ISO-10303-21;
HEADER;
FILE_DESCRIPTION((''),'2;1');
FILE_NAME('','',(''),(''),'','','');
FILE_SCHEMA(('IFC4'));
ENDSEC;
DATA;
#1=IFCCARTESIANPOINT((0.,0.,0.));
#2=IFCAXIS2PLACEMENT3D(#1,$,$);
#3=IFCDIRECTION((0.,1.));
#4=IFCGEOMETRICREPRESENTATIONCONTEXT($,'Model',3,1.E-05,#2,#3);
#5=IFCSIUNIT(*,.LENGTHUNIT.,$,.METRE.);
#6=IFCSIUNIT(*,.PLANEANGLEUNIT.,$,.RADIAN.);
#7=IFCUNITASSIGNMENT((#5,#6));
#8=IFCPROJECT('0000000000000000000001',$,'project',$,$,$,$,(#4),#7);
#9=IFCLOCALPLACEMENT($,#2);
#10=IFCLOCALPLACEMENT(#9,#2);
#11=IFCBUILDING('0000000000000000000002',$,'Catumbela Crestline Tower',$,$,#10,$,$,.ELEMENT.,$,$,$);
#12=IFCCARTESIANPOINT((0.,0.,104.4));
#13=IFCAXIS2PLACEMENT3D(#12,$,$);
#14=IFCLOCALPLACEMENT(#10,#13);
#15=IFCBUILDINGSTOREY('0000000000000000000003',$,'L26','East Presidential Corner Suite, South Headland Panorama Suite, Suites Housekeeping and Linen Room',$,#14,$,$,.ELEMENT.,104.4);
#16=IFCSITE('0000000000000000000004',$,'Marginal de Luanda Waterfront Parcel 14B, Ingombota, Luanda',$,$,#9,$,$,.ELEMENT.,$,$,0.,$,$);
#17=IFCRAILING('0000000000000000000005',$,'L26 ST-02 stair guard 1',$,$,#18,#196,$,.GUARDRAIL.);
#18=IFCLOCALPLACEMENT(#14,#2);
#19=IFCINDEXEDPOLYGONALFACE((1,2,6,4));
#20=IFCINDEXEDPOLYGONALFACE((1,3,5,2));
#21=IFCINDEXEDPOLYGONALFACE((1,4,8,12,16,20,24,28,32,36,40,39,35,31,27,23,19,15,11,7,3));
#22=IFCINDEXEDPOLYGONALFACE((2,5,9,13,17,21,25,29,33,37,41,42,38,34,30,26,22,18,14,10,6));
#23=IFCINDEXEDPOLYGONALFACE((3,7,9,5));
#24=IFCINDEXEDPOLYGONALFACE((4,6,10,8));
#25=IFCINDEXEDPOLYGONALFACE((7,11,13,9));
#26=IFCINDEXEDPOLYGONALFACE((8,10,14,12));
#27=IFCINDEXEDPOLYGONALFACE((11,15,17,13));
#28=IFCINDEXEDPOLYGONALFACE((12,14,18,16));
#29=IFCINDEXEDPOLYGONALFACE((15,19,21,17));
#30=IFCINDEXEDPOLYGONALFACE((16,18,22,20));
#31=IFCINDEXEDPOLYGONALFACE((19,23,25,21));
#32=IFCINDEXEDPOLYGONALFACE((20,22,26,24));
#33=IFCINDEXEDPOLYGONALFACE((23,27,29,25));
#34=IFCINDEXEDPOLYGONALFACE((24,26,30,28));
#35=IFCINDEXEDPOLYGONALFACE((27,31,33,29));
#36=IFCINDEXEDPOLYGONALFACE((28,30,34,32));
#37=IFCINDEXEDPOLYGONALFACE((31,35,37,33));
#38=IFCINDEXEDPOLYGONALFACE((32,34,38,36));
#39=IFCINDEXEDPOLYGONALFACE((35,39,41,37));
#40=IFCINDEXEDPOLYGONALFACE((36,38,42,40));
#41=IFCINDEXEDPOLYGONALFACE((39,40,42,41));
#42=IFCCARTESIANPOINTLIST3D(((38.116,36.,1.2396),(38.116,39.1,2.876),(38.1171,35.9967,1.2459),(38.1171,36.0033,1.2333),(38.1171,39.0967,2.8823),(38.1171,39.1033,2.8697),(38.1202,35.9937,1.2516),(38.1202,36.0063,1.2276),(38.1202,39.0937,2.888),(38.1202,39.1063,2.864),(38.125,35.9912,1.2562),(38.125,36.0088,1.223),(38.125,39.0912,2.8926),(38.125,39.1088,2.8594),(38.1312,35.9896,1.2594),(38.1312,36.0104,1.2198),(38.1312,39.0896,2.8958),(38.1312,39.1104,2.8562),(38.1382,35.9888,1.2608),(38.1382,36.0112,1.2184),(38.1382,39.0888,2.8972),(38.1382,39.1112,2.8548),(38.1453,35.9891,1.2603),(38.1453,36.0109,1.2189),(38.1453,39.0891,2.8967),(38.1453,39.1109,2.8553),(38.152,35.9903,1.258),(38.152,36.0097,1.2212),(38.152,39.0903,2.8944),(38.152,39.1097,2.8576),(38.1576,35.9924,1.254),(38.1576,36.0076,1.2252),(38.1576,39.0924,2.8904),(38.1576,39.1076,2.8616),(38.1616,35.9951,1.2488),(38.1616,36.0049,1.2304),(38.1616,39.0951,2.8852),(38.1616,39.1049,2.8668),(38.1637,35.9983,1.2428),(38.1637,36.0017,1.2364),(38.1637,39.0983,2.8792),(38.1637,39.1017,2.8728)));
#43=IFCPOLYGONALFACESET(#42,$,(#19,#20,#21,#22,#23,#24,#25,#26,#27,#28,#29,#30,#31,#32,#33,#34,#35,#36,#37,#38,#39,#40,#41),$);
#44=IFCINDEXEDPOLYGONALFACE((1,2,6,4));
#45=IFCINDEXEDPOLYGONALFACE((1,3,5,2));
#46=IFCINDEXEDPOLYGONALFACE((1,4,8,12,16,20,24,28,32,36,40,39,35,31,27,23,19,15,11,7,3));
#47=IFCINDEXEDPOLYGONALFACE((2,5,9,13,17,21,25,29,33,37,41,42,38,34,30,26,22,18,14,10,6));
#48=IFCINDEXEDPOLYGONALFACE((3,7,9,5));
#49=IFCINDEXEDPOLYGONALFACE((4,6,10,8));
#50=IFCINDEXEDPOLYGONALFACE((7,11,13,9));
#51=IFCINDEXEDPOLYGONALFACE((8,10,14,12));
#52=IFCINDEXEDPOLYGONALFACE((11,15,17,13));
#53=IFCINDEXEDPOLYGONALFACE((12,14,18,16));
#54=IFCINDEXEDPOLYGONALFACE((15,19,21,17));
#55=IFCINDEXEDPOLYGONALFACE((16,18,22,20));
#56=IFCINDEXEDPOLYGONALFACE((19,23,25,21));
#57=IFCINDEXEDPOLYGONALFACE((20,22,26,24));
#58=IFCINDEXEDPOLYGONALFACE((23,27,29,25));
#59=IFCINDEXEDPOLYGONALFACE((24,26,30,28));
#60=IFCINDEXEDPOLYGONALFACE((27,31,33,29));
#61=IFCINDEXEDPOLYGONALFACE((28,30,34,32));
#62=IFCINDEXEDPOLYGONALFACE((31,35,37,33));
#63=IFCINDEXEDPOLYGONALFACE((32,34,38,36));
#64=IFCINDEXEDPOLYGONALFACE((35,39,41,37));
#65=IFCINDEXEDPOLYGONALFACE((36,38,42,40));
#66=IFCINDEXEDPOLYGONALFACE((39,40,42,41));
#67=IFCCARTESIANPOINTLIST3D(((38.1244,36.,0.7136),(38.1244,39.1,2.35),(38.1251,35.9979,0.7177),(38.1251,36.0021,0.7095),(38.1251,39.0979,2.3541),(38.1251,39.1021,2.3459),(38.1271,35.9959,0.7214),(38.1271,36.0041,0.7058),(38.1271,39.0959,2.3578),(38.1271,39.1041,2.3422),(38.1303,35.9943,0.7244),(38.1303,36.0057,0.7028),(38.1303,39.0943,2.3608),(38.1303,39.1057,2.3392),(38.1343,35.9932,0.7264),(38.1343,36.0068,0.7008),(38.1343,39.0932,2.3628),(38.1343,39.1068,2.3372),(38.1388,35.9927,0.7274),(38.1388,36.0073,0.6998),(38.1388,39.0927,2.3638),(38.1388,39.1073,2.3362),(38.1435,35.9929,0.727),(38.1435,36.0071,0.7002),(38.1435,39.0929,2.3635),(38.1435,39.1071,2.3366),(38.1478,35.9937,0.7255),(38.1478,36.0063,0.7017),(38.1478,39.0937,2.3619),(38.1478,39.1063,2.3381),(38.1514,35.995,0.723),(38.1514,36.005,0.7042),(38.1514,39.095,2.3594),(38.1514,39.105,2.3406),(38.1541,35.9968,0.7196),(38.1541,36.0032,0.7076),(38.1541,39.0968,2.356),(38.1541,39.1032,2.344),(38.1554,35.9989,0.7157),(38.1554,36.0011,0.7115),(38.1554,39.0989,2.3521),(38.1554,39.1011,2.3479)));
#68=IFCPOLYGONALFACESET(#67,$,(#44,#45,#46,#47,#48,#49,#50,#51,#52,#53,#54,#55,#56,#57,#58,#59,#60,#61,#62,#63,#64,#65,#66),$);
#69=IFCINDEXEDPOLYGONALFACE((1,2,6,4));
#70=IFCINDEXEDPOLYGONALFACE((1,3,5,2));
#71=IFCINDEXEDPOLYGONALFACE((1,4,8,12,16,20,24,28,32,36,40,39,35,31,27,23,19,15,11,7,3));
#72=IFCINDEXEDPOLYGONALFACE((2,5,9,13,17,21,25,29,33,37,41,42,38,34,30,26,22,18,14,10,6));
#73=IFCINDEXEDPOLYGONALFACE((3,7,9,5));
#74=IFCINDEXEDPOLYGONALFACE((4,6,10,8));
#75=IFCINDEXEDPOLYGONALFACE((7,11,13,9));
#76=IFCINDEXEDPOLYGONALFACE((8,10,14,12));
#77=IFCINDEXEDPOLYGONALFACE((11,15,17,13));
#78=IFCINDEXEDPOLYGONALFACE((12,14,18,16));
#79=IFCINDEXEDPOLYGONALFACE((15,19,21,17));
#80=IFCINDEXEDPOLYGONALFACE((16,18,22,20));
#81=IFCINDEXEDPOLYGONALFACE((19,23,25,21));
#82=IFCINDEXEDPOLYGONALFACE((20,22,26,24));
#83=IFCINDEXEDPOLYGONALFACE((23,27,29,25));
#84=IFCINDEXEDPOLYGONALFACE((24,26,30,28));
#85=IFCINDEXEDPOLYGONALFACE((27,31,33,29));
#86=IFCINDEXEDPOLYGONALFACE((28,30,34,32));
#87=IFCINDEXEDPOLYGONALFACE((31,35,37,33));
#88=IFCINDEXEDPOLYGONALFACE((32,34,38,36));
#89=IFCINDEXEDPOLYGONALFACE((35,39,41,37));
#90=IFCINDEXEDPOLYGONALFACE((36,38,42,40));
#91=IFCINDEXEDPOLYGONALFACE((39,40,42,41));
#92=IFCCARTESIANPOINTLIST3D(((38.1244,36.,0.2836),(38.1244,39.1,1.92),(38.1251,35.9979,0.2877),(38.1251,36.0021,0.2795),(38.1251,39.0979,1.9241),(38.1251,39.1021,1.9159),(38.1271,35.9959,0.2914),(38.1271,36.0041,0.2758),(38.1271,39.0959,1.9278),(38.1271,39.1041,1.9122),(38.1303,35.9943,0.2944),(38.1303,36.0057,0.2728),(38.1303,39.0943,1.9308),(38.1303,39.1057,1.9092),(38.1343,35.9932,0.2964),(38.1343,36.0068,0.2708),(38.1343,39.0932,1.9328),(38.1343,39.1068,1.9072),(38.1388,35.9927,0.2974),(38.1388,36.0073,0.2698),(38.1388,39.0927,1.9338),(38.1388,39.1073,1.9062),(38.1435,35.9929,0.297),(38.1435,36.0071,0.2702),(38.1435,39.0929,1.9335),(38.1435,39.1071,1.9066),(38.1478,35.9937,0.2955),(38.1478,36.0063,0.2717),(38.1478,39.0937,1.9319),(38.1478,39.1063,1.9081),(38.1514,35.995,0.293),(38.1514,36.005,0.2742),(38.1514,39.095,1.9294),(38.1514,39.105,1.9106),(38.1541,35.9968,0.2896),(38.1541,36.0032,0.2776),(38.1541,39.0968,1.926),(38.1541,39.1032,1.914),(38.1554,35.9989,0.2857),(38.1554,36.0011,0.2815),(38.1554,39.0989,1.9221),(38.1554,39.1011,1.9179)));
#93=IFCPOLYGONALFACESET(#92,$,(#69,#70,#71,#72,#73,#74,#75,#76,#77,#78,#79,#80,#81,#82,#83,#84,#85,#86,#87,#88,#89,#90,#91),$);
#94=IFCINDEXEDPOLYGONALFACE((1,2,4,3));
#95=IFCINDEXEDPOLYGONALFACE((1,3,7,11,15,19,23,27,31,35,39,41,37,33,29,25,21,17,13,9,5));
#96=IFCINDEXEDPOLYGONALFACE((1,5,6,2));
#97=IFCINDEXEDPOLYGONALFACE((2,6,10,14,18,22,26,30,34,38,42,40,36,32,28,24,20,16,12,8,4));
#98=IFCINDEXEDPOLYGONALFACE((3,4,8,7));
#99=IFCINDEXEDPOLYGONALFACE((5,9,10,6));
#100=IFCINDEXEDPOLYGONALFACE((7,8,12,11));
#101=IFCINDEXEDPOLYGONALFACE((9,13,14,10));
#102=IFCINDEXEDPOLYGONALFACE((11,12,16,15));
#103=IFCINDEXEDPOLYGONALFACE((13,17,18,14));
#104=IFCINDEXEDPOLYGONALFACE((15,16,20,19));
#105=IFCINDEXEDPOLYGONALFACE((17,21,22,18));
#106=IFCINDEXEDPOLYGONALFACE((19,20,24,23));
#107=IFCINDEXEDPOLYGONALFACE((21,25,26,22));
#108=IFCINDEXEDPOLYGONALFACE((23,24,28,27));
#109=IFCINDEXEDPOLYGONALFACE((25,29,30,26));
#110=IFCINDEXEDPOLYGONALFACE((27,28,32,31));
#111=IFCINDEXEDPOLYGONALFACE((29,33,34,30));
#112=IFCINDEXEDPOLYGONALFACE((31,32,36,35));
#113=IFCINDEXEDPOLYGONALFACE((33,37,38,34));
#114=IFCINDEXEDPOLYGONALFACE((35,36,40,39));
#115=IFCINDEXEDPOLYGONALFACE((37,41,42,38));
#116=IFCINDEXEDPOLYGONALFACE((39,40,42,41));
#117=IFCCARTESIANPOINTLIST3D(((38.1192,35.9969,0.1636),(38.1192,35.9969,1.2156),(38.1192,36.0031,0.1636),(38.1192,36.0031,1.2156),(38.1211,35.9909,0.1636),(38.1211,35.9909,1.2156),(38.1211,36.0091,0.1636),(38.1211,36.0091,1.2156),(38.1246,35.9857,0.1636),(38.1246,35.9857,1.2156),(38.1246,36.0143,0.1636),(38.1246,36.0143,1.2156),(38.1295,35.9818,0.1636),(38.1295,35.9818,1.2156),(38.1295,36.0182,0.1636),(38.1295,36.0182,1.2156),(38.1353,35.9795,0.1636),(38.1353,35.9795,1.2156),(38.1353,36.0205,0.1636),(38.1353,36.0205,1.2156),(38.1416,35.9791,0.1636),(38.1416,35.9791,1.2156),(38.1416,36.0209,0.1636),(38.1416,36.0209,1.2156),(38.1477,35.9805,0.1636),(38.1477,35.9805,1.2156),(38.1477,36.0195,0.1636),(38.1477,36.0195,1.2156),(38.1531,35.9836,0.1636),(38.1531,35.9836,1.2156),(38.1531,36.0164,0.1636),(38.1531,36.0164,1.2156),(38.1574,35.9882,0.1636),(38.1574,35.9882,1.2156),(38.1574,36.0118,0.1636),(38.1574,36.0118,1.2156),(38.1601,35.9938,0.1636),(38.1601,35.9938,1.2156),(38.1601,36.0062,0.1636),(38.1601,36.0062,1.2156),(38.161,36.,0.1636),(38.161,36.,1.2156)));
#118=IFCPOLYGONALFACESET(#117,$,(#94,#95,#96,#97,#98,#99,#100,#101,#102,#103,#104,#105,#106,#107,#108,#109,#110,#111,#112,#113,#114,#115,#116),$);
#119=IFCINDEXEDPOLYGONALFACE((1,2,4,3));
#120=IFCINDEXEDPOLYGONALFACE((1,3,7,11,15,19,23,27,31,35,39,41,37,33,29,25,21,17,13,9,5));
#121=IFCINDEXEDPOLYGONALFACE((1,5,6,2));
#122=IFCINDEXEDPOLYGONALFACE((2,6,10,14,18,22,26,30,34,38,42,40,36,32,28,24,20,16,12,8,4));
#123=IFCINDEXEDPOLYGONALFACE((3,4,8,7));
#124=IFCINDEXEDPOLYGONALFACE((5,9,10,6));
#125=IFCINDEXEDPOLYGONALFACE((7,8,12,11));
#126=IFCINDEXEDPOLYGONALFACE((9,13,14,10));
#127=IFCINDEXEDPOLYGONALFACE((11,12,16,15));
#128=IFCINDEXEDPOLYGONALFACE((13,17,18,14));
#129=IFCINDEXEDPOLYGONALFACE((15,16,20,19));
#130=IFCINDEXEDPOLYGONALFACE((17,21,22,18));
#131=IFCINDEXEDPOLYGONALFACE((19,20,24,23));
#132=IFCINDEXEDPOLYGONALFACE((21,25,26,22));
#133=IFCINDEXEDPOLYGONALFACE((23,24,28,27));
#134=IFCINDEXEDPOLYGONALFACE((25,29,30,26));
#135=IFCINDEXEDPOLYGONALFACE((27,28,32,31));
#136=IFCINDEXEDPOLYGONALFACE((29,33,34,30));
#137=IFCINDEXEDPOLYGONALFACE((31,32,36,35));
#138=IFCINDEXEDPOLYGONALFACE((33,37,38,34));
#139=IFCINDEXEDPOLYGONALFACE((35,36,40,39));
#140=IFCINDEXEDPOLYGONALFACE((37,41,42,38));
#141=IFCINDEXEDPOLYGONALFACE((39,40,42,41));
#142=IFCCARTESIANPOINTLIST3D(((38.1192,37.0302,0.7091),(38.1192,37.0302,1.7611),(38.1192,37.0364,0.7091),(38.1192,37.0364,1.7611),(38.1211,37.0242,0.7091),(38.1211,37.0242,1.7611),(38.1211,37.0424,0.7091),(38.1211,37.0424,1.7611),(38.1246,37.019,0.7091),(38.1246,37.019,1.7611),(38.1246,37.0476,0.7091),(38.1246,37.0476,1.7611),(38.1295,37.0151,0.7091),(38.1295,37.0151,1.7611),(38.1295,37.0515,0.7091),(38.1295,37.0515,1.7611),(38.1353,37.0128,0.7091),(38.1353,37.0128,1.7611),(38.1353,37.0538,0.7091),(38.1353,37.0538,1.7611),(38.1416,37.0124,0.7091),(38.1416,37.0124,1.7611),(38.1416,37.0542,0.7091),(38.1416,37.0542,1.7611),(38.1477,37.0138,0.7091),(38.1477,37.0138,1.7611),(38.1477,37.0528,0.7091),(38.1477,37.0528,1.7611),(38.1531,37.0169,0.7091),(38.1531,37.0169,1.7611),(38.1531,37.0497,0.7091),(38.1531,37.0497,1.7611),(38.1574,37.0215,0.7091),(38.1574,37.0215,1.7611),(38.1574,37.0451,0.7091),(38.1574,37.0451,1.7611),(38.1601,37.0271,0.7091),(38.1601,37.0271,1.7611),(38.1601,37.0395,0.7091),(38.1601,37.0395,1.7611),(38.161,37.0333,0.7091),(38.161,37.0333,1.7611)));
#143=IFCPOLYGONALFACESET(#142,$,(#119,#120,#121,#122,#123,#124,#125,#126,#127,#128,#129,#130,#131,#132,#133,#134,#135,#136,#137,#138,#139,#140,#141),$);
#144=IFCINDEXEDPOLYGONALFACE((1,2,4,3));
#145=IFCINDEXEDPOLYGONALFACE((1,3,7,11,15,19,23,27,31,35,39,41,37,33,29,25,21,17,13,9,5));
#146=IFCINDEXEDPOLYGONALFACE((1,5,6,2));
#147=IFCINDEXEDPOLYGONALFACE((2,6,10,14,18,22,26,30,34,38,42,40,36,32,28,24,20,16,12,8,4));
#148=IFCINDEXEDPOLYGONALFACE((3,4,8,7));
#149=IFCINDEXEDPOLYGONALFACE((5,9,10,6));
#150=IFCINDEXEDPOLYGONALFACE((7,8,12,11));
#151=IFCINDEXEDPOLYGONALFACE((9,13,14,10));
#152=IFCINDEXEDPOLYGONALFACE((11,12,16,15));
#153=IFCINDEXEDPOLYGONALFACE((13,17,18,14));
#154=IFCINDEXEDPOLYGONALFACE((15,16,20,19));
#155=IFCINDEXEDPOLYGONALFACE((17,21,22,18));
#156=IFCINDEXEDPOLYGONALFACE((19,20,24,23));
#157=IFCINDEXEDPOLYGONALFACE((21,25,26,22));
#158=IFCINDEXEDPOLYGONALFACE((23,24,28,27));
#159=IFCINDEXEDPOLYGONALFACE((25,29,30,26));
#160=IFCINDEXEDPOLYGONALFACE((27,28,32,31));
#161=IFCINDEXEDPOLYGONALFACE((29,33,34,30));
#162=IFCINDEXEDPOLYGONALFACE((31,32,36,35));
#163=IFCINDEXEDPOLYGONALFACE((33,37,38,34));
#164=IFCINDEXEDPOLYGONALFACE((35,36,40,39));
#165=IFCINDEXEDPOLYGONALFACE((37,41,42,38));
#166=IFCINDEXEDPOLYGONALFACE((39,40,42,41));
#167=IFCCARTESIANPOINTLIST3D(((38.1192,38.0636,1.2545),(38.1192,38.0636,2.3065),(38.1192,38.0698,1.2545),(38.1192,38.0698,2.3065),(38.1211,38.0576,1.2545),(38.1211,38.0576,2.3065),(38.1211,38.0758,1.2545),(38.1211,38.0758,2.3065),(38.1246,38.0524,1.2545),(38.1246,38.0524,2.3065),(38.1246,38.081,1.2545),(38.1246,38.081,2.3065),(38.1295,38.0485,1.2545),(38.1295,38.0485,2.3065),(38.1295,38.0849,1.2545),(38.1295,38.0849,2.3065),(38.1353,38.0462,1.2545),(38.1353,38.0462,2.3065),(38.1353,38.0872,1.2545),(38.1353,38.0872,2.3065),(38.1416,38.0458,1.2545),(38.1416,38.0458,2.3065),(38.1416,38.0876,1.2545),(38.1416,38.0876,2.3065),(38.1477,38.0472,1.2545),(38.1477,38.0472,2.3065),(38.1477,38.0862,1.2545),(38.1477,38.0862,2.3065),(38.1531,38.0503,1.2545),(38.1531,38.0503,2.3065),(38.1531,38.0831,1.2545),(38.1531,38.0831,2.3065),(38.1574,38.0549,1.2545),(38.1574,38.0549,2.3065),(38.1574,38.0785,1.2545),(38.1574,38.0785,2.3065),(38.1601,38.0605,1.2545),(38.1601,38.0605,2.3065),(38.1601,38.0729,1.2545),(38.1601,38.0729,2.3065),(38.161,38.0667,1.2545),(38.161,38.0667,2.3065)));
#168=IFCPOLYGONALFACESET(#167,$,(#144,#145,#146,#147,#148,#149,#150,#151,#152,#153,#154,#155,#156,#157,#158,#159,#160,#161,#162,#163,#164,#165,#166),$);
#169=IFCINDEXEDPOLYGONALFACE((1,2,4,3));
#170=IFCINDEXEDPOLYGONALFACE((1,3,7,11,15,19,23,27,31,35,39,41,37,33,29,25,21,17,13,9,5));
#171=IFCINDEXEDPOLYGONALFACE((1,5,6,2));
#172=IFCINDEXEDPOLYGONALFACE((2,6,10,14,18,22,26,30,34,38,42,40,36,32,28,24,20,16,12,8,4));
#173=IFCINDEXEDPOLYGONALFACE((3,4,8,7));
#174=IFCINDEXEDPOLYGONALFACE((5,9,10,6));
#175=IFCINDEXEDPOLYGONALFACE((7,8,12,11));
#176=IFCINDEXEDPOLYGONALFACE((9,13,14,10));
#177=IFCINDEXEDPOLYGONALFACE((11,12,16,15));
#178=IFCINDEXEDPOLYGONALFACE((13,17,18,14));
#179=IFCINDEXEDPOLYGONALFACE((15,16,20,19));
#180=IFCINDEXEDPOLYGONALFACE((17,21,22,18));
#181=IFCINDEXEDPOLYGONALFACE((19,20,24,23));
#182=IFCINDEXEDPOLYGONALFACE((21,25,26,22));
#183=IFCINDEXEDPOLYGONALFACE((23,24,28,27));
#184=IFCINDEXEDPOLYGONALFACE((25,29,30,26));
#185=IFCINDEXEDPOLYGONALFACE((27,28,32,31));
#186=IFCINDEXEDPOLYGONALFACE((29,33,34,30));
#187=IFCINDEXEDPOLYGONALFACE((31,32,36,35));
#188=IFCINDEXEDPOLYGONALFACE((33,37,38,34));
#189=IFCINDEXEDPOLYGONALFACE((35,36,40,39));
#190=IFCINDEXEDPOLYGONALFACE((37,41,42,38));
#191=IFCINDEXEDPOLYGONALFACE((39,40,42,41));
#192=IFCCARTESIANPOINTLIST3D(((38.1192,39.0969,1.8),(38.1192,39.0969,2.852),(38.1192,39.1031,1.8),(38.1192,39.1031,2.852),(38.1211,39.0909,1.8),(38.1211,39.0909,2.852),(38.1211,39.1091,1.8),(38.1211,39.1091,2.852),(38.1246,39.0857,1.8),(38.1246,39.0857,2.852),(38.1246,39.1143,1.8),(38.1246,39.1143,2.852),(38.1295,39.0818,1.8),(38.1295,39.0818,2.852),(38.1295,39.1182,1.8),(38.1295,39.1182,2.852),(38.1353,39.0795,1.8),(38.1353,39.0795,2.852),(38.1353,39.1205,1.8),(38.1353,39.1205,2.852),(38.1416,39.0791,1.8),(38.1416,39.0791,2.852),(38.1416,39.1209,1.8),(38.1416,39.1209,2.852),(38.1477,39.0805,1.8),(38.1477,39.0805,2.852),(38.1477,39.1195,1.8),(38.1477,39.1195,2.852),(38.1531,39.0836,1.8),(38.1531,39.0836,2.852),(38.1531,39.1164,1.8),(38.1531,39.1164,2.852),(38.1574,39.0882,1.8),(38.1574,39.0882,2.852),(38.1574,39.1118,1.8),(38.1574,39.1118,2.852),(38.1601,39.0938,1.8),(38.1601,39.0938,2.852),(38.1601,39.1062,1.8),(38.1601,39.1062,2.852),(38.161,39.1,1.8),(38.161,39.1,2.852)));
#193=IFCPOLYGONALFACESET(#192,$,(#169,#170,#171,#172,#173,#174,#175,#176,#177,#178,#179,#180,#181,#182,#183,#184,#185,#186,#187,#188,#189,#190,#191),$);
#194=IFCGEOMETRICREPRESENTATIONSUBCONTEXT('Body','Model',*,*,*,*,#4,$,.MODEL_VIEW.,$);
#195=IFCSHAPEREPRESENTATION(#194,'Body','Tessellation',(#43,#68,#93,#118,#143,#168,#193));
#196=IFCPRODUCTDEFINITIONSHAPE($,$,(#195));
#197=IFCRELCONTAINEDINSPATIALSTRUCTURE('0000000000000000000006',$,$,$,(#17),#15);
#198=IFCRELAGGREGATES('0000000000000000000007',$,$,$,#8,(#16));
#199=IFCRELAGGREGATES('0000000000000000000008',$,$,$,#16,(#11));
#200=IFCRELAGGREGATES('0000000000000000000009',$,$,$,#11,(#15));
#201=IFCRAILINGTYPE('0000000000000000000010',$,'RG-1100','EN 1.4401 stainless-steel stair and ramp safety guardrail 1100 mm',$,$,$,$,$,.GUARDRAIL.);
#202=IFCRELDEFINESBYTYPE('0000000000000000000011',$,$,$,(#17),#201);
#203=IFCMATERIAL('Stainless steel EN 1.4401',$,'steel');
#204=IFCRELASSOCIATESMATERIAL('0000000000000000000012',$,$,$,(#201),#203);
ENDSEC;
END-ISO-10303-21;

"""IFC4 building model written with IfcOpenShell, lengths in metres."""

from ifc_helpers import new_model, si_unit, direction, frame, origin, origin_2d, place, context, subcontext, project, spatial, circle, extrude, material, type_object, element, save


model = new_model("IFC4")

# Units and contexts
model_context = context("Model", 3, precision=1e-05, world=origin(), true_north=direction((0.0, 1.0)))
body_context = subcontext(model_context, "Body", "Model", "MODEL_VIEW")
ifc_project = project(units=[si_unit("LENGTHUNIT", "METRE"), si_unit("PLANEANGLEUNIT", "RADIAN")], contexts=[model_context])

# Site, building, storey
site_placement = place(None, origin())
site = spatial("IfcSite", under=ifc_project, at=site_placement, Name="Marginal de Luanda Waterfront Parcel 14B, Ingombota, Luanda", CompositionType="ELEMENT", RefElevation=0.0)
building_placement = place(site_placement, origin())
building = spatial("IfcBuilding", under=site, at=building_placement, Name="Catumbela Crestline Tower", CompositionType="ELEMENT")
storey_placement = place(building_placement, frame((0.0, 0.0, 104.4)))
storey = spatial("IfcBuildingStorey", under=building, at=storey_placement, Name="L26", Description="East Presidential Corner Suite, South Headland Panorama Suite, Suites Housekeeping and Linen Room", CompositionType="ELEMENT", Elevation=104.4)

# Shared definitions
ifc_material_1 = material(Name="Stainless steel EN 1.4401", Category="steel")

# Railing
railing_type_1 = type_object("IfcRailingType", Name="RG-1100", Description="EN 1.4401 stainless-steel stair and ramp safety guardrail 1100 mm", PredefinedType="GUARDRAIL", material=ifc_material_1)
railing_1_placement = place(storey_placement, frame((38.14, 36.0, 0.1636)))
element("IfcRailing", 1, at=railing_1_placement, inside=storey, type_object=railing_type_1, Name="L26 ST-02 stair guard 1", PredefinedType="GUARDRAIL", context=body_context, shape_type="SweptSolid", body=[
    extrude(circle(Radius=0.024, at=origin_2d()), frame((0.0, 0.0, 1.076), z_axis=(0.0, 0.884351, 0.466823), x_axis=(-1.0, 0.0, 0.0)), (0.0, 0.0, 1.0), 3.5054),
    extrude(circle(Radius=0.0156, at=origin_2d()), frame((0.0, 0.0, 0.55), z_axis=(0.0, 0.884351, 0.466823), x_axis=(-1.0, 0.0, 0.0)), (0.0, 0.0, 1.0), 3.5054),
    extrude(circle(Radius=0.0156, at=origin_2d()), frame((0.0, 0.0, 0.12), z_axis=(0.0, 0.884351, 0.466823), x_axis=(-1.0, 0.0, 0.0)), (0.0, 0.0, 1.0), 3.5054),
    extrude(circle(Radius=0.021, at=origin_2d()), origin(), (0.0, 0.0, 1.0), 1.052),
    extrude(circle(Radius=0.021, at=origin_2d()), frame((0.0, 1.0333, 0.5455)), (0.0, 0.0, 1.0), 1.052),
    extrude(circle(Radius=0.021, at=origin_2d()), frame((0.0, 2.0667, 1.0909)), (0.0, 0.0, 1.0), 1.052),
    extrude(circle(Radius=0.021, at=origin_2d()), frame((0.0, 3.1, 1.6364)), (0.0, 0.0, 1.0), 1.052),
])

save(model, "model.ifc")
